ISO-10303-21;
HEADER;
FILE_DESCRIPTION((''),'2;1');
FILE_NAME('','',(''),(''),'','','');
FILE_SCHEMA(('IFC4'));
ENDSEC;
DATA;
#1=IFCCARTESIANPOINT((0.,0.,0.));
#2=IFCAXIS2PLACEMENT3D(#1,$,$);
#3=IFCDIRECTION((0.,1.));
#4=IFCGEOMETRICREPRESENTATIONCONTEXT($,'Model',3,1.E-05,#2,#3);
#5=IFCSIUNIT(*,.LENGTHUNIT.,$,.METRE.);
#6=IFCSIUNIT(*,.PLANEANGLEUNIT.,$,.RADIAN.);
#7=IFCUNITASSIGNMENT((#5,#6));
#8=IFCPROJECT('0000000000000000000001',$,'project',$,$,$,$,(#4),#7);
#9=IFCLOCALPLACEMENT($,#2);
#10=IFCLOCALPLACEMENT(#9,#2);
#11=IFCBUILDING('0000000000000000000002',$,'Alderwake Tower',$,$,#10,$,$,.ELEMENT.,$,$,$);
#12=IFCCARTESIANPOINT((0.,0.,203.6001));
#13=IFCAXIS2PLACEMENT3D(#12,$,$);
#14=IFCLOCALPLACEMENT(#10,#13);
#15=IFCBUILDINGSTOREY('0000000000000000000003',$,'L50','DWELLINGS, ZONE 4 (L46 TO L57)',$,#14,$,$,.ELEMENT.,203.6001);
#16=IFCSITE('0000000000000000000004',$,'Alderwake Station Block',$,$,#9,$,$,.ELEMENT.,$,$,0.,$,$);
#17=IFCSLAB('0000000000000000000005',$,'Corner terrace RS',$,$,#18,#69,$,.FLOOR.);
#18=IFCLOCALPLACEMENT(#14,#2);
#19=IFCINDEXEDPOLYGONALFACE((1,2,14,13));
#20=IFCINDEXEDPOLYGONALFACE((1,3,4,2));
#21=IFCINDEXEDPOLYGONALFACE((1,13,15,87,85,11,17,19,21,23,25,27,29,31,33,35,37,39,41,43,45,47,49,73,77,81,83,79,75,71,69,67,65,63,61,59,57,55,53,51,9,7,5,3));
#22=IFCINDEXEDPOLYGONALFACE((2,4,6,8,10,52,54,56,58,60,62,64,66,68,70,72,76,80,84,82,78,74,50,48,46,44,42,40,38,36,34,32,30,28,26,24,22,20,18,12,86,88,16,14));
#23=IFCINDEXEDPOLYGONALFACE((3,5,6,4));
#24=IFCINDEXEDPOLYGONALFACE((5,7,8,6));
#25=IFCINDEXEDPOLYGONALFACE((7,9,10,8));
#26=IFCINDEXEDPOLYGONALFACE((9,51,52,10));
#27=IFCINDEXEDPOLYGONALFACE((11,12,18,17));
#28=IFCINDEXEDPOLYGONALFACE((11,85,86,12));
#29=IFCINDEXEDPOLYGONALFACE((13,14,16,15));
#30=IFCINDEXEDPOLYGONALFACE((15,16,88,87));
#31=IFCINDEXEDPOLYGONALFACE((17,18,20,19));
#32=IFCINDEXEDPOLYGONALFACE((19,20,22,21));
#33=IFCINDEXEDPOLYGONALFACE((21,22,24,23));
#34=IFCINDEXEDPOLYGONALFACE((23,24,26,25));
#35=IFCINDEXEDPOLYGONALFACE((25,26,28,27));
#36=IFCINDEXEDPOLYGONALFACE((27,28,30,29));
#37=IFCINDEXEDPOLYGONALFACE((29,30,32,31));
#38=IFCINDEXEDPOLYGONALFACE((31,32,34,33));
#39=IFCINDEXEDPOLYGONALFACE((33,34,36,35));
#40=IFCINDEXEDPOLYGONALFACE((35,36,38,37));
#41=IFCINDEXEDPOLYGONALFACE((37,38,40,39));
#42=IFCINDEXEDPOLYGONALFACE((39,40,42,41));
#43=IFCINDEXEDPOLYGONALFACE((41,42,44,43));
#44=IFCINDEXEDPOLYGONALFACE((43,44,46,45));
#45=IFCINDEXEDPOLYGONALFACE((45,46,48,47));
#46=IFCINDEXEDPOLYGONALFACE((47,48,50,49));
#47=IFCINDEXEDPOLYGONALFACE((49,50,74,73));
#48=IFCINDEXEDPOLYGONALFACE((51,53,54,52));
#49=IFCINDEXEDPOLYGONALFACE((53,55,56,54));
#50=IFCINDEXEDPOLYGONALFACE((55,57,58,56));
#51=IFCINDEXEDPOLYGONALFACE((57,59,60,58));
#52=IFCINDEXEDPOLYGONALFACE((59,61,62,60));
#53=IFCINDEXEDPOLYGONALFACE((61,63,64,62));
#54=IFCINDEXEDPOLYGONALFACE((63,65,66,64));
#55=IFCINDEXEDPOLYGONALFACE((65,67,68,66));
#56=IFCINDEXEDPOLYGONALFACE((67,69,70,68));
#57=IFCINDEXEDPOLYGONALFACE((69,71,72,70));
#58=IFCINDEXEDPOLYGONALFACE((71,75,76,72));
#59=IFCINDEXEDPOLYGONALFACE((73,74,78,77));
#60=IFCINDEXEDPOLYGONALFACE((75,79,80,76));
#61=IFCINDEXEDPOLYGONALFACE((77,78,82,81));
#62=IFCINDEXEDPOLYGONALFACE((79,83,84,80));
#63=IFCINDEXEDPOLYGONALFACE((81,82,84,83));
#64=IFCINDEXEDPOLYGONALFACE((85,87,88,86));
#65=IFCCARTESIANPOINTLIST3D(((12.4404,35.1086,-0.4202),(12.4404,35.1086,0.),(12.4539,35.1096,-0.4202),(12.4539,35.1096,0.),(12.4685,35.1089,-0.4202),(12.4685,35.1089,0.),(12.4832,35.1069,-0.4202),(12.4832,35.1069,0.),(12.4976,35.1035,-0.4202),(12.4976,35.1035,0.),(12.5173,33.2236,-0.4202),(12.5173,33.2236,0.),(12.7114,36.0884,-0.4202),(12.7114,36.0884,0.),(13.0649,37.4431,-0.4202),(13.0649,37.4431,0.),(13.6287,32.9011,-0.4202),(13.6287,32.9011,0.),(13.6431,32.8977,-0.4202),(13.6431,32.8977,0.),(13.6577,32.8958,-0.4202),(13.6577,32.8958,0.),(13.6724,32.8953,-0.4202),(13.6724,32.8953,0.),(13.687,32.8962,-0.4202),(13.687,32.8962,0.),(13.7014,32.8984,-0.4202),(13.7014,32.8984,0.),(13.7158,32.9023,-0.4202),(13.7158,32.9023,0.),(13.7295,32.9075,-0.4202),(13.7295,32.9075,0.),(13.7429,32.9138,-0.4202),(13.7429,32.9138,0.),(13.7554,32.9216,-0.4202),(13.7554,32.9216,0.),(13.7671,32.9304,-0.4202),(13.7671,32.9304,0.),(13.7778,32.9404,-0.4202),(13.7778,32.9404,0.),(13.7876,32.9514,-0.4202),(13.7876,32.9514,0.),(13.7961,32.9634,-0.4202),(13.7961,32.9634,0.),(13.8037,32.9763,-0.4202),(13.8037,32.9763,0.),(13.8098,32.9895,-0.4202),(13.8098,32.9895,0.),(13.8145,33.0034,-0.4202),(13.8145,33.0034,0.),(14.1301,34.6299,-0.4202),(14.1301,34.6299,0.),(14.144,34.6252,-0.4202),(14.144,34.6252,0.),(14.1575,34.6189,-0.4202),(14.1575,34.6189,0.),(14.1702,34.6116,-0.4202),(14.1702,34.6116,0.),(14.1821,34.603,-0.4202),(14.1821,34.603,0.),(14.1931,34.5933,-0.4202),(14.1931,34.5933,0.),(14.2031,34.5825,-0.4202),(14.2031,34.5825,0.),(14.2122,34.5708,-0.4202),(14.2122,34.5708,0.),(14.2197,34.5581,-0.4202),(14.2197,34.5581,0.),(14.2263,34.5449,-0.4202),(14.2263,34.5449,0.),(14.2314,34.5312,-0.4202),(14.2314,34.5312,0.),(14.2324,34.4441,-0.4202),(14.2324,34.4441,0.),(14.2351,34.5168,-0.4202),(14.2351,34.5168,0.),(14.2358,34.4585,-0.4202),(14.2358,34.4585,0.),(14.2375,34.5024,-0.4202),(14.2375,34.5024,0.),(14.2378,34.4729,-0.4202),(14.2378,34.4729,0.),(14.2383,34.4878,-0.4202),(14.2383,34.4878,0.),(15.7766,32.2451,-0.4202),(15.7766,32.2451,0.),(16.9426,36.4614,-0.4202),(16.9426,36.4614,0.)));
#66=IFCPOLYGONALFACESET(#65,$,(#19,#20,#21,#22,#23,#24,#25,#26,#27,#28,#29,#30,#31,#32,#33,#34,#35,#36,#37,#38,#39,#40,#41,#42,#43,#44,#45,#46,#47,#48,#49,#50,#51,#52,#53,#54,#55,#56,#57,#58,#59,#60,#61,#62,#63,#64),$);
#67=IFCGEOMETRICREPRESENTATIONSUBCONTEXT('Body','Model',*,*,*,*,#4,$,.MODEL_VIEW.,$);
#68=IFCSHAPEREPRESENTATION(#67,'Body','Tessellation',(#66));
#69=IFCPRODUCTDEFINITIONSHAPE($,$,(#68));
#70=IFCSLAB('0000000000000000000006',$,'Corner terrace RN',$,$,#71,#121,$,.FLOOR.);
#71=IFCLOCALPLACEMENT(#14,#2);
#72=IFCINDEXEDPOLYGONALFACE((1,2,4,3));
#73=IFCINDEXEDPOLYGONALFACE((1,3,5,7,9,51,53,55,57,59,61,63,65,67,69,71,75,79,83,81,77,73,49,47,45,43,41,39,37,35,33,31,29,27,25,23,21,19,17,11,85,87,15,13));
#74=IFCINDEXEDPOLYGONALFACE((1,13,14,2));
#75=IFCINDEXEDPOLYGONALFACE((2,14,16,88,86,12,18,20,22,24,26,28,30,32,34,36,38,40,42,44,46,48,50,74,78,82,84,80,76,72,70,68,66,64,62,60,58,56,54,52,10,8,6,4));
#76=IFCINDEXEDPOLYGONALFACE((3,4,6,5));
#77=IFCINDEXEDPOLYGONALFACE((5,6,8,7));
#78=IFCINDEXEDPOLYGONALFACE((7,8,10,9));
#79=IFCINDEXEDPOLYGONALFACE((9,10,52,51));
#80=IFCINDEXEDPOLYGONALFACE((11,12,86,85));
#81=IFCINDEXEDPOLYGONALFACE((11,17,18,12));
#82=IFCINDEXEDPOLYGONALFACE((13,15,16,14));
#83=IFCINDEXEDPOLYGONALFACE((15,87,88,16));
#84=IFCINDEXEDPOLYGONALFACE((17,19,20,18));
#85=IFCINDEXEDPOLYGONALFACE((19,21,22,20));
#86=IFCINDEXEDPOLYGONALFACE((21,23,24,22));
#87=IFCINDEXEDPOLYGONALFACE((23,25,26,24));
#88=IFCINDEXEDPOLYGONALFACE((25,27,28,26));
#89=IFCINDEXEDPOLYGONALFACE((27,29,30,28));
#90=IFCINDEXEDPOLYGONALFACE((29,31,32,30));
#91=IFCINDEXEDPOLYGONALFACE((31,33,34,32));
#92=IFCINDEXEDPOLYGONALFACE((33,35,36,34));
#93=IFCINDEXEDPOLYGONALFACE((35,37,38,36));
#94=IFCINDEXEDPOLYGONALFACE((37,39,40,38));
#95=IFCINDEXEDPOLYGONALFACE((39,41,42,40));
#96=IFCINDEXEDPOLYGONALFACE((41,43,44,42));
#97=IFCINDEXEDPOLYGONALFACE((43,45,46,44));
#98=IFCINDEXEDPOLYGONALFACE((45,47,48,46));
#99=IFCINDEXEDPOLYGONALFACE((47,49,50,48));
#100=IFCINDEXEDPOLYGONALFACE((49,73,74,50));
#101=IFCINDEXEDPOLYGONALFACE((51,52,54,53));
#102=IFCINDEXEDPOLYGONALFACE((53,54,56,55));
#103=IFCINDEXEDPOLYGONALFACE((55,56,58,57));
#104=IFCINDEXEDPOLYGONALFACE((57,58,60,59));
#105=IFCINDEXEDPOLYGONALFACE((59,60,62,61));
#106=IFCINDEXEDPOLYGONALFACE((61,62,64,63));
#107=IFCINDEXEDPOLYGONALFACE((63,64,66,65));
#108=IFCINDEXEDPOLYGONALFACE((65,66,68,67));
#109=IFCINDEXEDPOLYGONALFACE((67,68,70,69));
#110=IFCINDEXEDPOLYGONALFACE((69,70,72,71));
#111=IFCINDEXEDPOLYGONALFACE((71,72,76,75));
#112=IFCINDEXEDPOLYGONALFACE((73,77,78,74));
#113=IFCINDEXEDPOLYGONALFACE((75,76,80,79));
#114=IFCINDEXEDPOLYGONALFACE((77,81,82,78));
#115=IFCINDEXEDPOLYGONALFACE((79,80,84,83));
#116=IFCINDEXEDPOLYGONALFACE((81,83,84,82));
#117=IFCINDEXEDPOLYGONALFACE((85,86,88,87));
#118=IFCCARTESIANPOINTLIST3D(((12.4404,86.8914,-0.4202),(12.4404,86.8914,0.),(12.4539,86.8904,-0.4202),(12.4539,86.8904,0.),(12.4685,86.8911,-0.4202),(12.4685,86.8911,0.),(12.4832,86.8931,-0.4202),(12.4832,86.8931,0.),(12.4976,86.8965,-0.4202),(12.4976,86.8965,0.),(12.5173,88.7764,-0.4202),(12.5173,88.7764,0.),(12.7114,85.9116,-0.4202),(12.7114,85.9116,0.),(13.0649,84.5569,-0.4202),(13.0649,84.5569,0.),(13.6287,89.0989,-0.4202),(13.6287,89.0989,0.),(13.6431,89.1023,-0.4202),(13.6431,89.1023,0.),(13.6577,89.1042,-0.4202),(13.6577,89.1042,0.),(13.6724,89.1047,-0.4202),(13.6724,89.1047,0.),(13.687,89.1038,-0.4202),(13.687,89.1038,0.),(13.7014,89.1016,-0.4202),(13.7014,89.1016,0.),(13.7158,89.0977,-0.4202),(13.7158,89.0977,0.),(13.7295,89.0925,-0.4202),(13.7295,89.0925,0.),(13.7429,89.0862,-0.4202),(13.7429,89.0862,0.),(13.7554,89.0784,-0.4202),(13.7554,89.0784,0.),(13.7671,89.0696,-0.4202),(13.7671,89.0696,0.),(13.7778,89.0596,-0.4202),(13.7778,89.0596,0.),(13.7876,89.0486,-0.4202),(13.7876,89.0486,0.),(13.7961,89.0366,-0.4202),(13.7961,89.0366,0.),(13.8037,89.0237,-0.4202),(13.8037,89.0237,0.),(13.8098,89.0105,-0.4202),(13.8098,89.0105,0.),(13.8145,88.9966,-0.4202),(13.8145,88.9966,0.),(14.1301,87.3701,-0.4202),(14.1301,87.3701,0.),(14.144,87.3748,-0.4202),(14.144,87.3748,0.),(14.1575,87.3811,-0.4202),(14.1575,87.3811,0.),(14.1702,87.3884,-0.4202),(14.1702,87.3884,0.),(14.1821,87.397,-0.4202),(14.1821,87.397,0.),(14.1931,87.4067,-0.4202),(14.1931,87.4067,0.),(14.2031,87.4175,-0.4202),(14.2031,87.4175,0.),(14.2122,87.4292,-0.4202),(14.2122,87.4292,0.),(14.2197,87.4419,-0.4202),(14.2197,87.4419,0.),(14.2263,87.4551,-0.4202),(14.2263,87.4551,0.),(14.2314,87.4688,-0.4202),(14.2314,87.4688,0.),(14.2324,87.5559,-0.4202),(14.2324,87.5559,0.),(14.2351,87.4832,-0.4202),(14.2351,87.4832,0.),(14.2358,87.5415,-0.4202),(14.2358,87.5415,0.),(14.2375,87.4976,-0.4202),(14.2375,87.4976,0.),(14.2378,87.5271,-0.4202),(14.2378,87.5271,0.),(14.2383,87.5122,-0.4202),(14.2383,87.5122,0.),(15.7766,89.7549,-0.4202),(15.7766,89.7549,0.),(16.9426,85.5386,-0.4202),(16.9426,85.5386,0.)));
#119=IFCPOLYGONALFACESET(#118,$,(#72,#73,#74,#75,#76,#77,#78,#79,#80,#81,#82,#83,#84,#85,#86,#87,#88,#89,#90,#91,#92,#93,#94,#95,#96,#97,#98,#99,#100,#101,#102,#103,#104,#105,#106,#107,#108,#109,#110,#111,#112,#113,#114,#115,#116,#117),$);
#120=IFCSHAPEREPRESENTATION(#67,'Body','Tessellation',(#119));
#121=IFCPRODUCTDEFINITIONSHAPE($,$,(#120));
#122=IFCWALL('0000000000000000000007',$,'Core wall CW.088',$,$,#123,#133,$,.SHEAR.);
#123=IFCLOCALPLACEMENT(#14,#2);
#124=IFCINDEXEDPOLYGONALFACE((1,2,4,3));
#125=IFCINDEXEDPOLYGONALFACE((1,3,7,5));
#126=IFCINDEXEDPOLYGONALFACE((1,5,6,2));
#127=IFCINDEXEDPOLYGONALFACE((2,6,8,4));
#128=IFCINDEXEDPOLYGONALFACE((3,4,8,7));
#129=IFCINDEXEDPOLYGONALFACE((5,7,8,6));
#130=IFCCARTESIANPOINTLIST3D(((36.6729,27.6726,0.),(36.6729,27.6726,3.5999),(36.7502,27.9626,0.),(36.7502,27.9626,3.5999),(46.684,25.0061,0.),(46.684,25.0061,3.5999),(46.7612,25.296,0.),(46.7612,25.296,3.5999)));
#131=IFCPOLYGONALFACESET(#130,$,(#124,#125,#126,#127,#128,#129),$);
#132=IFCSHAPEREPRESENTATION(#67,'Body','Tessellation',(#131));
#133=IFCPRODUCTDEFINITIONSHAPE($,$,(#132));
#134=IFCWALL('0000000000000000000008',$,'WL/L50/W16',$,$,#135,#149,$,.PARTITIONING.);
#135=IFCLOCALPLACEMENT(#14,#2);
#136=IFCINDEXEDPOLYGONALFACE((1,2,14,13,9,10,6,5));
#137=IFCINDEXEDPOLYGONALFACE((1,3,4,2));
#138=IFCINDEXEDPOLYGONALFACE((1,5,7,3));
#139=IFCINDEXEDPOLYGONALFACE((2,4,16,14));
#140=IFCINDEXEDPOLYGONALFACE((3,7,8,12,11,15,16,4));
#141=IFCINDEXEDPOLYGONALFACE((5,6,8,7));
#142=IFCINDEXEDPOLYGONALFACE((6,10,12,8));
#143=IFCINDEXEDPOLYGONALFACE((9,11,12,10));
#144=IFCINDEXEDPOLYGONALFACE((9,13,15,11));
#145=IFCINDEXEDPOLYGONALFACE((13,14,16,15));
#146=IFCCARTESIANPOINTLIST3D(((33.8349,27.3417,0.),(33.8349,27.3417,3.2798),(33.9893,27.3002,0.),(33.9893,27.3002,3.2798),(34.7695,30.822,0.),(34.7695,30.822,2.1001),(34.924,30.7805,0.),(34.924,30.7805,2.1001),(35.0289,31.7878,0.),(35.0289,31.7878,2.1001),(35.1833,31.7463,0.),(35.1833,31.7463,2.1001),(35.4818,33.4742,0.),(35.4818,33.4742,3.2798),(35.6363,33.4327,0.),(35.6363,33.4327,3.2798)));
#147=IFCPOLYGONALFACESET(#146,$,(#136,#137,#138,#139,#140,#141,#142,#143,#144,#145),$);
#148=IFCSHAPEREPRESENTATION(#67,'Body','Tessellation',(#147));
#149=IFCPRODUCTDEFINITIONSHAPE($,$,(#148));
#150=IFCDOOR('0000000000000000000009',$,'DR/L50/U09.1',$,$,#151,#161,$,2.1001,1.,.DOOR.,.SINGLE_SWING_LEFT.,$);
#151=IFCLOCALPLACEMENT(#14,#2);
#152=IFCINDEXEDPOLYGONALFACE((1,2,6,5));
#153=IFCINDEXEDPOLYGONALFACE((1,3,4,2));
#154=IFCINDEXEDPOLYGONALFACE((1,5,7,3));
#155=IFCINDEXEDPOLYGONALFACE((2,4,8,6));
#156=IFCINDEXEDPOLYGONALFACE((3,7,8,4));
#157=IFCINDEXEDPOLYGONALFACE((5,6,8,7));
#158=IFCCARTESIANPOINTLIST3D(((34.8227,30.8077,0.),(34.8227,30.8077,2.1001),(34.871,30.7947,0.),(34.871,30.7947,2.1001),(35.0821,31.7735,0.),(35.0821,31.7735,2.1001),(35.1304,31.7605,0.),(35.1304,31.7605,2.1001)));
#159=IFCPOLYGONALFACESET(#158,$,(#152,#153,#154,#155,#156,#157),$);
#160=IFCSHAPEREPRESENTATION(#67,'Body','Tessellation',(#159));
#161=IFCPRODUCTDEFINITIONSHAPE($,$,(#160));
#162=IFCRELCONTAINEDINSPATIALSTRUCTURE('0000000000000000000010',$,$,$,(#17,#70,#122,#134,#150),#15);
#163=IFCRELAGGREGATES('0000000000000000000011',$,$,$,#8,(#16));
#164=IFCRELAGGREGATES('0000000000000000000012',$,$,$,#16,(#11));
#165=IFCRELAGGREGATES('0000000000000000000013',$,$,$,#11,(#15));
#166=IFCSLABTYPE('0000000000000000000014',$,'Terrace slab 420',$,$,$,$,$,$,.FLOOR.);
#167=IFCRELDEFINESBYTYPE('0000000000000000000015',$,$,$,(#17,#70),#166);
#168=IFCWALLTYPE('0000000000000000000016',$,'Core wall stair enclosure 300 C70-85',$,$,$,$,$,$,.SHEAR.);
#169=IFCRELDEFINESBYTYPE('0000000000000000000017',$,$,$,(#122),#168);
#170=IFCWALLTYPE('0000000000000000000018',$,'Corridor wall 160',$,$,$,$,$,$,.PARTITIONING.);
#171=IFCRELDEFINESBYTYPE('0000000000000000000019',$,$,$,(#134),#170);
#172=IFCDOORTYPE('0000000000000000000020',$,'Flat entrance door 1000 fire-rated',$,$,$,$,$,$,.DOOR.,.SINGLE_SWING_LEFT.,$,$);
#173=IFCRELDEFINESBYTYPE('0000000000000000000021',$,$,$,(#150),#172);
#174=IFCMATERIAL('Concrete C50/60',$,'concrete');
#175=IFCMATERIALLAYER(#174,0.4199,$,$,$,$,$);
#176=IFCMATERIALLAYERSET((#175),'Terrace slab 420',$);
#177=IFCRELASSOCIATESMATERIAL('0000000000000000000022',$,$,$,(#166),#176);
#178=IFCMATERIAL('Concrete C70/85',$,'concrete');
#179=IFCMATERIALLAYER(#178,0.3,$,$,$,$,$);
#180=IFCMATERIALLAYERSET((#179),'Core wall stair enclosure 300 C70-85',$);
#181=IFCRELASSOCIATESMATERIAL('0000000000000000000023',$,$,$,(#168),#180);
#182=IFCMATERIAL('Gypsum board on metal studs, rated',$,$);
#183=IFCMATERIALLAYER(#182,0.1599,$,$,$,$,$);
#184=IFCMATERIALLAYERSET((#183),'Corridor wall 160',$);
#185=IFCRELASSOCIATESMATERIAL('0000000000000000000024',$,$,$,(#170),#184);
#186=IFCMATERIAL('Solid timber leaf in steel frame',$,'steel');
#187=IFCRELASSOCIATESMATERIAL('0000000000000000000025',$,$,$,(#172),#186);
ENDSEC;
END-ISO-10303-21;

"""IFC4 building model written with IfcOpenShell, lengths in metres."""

from ifc_helpers import new_model, si_unit, direction, frame, frame_2d, origin, place, context, subcontext, project, spatial, polyline, rectangle, outline, extrude, material, layer, layer_set, type_object, element, fill, save


model = new_model("IFC4")

# Units and contexts
model_context = context("Model", 3, precision=1e-05, world=origin(), true_north=direction((0.0, 1.0)))
body_context = subcontext(model_context, "Body", "Model", "MODEL_VIEW")
ifc_project = project(units=[si_unit("LENGTHUNIT", "METRE"), si_unit("PLANEANGLEUNIT", "RADIAN")], contexts=[model_context])

# Site, building, storey
site_placement = place(None, origin())
site = spatial("IfcSite", under=ifc_project, at=site_placement, Name="Alderwake Station Block", CompositionType="ELEMENT", RefElevation=0.0)
building_placement = place(site_placement, origin())
building = spatial("IfcBuilding", under=site, at=building_placement, Name="Alderwake Tower", CompositionType="ELEMENT")
storey_placement = place(building_placement, frame((0.0, 0.0, 203.6001)))
storey = spatial("IfcBuildingStorey", under=building, at=storey_placement, Name="L50", Description="DWELLINGS, ZONE 4 (L46 TO L57)", CompositionType="ELEMENT", Elevation=203.6001)

# Slabs
ifc_material_1 = material(Name="Concrete C50/60", Category="concrete")
ifc_layer_1 = layer(ifc_material_1, 0.4199)
ifc_layer_set_1 = layer_set([ifc_layer_1], Name="Terrace slab 420")
slab_type_1 = type_object("IfcSlabType", Name="Terrace slab 420", PredefinedType="FLOOR", material=ifc_layer_set_1)
slab_1_placement = place(storey_placement, frame((0.0, 0.0, -0.4202)))
element("IfcSlab", 1, at=slab_1_placement, inside=storey, type_object=slab_type_1, Name="Corner terrace RS", PredefinedType="FLOOR", context=body_context, shape_type="SweptSolid", body=[
    extrude(outline(polyline([(15.7766, 32.2451), (12.5173, 33.2236), (13.6287, 32.9011), (13.6431, 32.8977), (13.6577, 32.8958), (13.6724, 32.8953), (13.687, 32.8962), (13.7014, 32.8984), (13.7158, 32.9023), (13.7295, 32.9075), (13.7429, 32.9138), (13.7554, 32.9216), (13.7671, 32.9304), (13.7778, 32.9404), (13.7876, 32.9514), (13.7961, 32.9634), (13.8037, 32.9763), (13.8098, 32.9895), (13.8145, 33.0034), (14.2324, 34.4441), (14.2358, 34.4585), (14.2378, 34.4729), (14.2383, 34.4878), (14.2375, 34.5024), (14.2351, 34.5168), (14.2314, 34.5312), (14.2263, 34.5449), (14.2197, 34.5581), (14.2122, 34.5708), (14.2031, 34.5825), (14.1931, 34.5933), (14.1821, 34.603), (14.1702, 34.6116), (14.1575, 34.6189), (14.144, 34.6252), (14.1301, 34.6299), (12.4976, 35.1035), (12.4832, 35.1069), (12.4685, 35.1089), (12.4539, 35.1096), (12.4404, 35.1086), (12.7114, 36.0884), (13.0649, 37.4431), (16.9426, 36.4614), (15.7766, 32.2451)])), origin(), (0.0, 0.0, 1.0), 0.4202),
])
slab_2_placement = place(storey_placement, frame((0.0, 0.0, -0.4202)))
element("IfcSlab", 2, at=slab_2_placement, inside=storey, type_object=slab_type_1, Name="Corner terrace RN", PredefinedType="FLOOR", context=body_context, shape_type="SweptSolid", body=[
    extrude(outline(polyline([(12.4404, 86.8914), (12.4539, 86.8904), (12.4685, 86.8911), (12.4832, 86.8931), (12.4976, 86.8965), (14.1301, 87.3701), (14.144, 87.3748), (14.1575, 87.3811), (14.1702, 87.3884), (14.1821, 87.397), (14.1931, 87.4067), (14.2031, 87.4175), (14.2122, 87.4292), (14.2197, 87.4419), (14.2263, 87.4551), (14.2314, 87.4688), (14.2351, 87.4832), (14.2375, 87.4976), (14.2383, 87.5122), (14.2378, 87.5271), (14.2358, 87.5415), (14.2324, 87.5559), (13.8145, 88.9966), (13.8098, 89.0105), (13.8037, 89.0237), (13.7961, 89.0366), (13.7876, 89.0486), (13.7778, 89.0596), (13.7671, 89.0696), (13.7554, 89.0784), (13.7429, 89.0862), (13.7295, 89.0925), (13.7158, 89.0977), (13.7014, 89.1016), (13.687, 89.1038), (13.6724, 89.1047), (13.6577, 89.1042), (13.6431, 89.1023), (13.6287, 89.0989), (12.5173, 88.7764), (15.7766, 89.7549), (16.9426, 85.5386), (13.0649, 84.5569), (12.7114, 85.9116), (12.4404, 86.8914)])), origin(), (0.0, 0.0, 1.0), 0.4202),
])

# Wall
ifc_material_2 = material(Name="Concrete C70/85", Category="concrete")
ifc_layer_2 = layer(ifc_material_2, 0.3)
ifc_layer_set_2 = layer_set([ifc_layer_2], Name="Core wall stair enclosure 300 C70-85")
wall_type_1 = type_object("IfcWallType", Name="Core wall stair enclosure 300 C70-85", PredefinedType="SHEAR", material=ifc_layer_set_2)
wall_1_placement = place(storey_placement, frame((36.7114, 27.8176, 0.0), z_axis=(0.0, 0.0, 1.0), x_axis=(0.966309, -0.257384, 0.0)))
element("IfcWall", 3, at=wall_1_placement, inside=storey, type_object=wall_type_1, Name="Core wall CW.088", PredefinedType="SHEAR", context=body_context, shape_type="SweptSolid", body=[
    extrude(rectangle(XDim=10.3601, YDim=0.3, at=frame_2d((5.1802, 0.0))), origin(), (0.0, 0.0, 1.0), 3.5999),
])

# Wall, opening, door
ifc_material_3 = material(Name="Gypsum board on metal studs, rated")
ifc_layer_3 = layer(ifc_material_3, 0.1599)
ifc_layer_set_3 = layer_set([ifc_layer_3], Name="Corridor wall 160")
wall_type_2 = type_object("IfcWallType", Name="Corridor wall 160", PredefinedType="PARTITIONING", material=ifc_layer_set_3)
wall_2_placement = place(storey_placement, frame((33.9121, 27.321, 0.0), z_axis=(0.0, 0.0, 1.0), x_axis=(0.259371, 0.965778, 0.0)))
wall_2 = element("IfcWall", 4, at=wall_2_placement, inside=storey, type_object=wall_type_2, Name="WL/L50/W16", PredefinedType="PARTITIONING", context=body_context, shape_type="SweptSolid", body=[
    extrude(rectangle(XDim=6.3499, YDim=0.1599, at=frame_2d((3.1748, 0.0))), origin(), (0.0, 0.0, 1.0), 3.2798),
])
opening_1_placement = place(wall_2_placement, frame((3.6035, 0.0, 0.0)))
opening_1 = element("IfcOpeningElement", 5, at=opening_1_placement, cuts=wall_2, PredefinedType="OPENING", context=body_context, shape_type="SweptSolid", body=[
    extrude(rectangle(XDim=1.0, YDim=2.1001, at=frame_2d((0.5, 1.05))), frame((0.0, 0.0898, 0.0), z_axis=(0.0, -1.0, 0.0), x_axis=(1.0, 0.0, 0.0)), (0.0, 0.0, 1.0), 0.1799),
])
ifc_material_4 = material(Name="Solid timber leaf in steel frame", Category="steel")
door_type_1 = type_object("IfcDoorType", Name="Flat entrance door 1000 fire-rated", OperationType="SINGLE_SWING_LEFT", PredefinedType="DOOR", material=ifc_material_4)
door_1_placement = place(opening_1_placement, origin())
door_1 = element("IfcDoor", 6, at=door_1_placement, inside=storey, type_object=door_type_1, Name="DR/L50/U09.1", OperationType="SINGLE_SWING_LEFT", OverallHeight=2.1001, OverallWidth=1.0, PredefinedType="DOOR", context=body_context, shape_type="SweptSolid", body=[
    extrude(rectangle(XDim=1.0, YDim=2.1001, at=frame_2d((0.5, 1.05))), frame((0.0, 0.0249, 0.0), z_axis=(0.0, -1.0, 0.0), x_axis=(1.0, 0.0, 0.0)), (0.0, 0.0, 1.0), 0.05),
])
fill(opening_1, door_1)

save(model, "model.ifc")
